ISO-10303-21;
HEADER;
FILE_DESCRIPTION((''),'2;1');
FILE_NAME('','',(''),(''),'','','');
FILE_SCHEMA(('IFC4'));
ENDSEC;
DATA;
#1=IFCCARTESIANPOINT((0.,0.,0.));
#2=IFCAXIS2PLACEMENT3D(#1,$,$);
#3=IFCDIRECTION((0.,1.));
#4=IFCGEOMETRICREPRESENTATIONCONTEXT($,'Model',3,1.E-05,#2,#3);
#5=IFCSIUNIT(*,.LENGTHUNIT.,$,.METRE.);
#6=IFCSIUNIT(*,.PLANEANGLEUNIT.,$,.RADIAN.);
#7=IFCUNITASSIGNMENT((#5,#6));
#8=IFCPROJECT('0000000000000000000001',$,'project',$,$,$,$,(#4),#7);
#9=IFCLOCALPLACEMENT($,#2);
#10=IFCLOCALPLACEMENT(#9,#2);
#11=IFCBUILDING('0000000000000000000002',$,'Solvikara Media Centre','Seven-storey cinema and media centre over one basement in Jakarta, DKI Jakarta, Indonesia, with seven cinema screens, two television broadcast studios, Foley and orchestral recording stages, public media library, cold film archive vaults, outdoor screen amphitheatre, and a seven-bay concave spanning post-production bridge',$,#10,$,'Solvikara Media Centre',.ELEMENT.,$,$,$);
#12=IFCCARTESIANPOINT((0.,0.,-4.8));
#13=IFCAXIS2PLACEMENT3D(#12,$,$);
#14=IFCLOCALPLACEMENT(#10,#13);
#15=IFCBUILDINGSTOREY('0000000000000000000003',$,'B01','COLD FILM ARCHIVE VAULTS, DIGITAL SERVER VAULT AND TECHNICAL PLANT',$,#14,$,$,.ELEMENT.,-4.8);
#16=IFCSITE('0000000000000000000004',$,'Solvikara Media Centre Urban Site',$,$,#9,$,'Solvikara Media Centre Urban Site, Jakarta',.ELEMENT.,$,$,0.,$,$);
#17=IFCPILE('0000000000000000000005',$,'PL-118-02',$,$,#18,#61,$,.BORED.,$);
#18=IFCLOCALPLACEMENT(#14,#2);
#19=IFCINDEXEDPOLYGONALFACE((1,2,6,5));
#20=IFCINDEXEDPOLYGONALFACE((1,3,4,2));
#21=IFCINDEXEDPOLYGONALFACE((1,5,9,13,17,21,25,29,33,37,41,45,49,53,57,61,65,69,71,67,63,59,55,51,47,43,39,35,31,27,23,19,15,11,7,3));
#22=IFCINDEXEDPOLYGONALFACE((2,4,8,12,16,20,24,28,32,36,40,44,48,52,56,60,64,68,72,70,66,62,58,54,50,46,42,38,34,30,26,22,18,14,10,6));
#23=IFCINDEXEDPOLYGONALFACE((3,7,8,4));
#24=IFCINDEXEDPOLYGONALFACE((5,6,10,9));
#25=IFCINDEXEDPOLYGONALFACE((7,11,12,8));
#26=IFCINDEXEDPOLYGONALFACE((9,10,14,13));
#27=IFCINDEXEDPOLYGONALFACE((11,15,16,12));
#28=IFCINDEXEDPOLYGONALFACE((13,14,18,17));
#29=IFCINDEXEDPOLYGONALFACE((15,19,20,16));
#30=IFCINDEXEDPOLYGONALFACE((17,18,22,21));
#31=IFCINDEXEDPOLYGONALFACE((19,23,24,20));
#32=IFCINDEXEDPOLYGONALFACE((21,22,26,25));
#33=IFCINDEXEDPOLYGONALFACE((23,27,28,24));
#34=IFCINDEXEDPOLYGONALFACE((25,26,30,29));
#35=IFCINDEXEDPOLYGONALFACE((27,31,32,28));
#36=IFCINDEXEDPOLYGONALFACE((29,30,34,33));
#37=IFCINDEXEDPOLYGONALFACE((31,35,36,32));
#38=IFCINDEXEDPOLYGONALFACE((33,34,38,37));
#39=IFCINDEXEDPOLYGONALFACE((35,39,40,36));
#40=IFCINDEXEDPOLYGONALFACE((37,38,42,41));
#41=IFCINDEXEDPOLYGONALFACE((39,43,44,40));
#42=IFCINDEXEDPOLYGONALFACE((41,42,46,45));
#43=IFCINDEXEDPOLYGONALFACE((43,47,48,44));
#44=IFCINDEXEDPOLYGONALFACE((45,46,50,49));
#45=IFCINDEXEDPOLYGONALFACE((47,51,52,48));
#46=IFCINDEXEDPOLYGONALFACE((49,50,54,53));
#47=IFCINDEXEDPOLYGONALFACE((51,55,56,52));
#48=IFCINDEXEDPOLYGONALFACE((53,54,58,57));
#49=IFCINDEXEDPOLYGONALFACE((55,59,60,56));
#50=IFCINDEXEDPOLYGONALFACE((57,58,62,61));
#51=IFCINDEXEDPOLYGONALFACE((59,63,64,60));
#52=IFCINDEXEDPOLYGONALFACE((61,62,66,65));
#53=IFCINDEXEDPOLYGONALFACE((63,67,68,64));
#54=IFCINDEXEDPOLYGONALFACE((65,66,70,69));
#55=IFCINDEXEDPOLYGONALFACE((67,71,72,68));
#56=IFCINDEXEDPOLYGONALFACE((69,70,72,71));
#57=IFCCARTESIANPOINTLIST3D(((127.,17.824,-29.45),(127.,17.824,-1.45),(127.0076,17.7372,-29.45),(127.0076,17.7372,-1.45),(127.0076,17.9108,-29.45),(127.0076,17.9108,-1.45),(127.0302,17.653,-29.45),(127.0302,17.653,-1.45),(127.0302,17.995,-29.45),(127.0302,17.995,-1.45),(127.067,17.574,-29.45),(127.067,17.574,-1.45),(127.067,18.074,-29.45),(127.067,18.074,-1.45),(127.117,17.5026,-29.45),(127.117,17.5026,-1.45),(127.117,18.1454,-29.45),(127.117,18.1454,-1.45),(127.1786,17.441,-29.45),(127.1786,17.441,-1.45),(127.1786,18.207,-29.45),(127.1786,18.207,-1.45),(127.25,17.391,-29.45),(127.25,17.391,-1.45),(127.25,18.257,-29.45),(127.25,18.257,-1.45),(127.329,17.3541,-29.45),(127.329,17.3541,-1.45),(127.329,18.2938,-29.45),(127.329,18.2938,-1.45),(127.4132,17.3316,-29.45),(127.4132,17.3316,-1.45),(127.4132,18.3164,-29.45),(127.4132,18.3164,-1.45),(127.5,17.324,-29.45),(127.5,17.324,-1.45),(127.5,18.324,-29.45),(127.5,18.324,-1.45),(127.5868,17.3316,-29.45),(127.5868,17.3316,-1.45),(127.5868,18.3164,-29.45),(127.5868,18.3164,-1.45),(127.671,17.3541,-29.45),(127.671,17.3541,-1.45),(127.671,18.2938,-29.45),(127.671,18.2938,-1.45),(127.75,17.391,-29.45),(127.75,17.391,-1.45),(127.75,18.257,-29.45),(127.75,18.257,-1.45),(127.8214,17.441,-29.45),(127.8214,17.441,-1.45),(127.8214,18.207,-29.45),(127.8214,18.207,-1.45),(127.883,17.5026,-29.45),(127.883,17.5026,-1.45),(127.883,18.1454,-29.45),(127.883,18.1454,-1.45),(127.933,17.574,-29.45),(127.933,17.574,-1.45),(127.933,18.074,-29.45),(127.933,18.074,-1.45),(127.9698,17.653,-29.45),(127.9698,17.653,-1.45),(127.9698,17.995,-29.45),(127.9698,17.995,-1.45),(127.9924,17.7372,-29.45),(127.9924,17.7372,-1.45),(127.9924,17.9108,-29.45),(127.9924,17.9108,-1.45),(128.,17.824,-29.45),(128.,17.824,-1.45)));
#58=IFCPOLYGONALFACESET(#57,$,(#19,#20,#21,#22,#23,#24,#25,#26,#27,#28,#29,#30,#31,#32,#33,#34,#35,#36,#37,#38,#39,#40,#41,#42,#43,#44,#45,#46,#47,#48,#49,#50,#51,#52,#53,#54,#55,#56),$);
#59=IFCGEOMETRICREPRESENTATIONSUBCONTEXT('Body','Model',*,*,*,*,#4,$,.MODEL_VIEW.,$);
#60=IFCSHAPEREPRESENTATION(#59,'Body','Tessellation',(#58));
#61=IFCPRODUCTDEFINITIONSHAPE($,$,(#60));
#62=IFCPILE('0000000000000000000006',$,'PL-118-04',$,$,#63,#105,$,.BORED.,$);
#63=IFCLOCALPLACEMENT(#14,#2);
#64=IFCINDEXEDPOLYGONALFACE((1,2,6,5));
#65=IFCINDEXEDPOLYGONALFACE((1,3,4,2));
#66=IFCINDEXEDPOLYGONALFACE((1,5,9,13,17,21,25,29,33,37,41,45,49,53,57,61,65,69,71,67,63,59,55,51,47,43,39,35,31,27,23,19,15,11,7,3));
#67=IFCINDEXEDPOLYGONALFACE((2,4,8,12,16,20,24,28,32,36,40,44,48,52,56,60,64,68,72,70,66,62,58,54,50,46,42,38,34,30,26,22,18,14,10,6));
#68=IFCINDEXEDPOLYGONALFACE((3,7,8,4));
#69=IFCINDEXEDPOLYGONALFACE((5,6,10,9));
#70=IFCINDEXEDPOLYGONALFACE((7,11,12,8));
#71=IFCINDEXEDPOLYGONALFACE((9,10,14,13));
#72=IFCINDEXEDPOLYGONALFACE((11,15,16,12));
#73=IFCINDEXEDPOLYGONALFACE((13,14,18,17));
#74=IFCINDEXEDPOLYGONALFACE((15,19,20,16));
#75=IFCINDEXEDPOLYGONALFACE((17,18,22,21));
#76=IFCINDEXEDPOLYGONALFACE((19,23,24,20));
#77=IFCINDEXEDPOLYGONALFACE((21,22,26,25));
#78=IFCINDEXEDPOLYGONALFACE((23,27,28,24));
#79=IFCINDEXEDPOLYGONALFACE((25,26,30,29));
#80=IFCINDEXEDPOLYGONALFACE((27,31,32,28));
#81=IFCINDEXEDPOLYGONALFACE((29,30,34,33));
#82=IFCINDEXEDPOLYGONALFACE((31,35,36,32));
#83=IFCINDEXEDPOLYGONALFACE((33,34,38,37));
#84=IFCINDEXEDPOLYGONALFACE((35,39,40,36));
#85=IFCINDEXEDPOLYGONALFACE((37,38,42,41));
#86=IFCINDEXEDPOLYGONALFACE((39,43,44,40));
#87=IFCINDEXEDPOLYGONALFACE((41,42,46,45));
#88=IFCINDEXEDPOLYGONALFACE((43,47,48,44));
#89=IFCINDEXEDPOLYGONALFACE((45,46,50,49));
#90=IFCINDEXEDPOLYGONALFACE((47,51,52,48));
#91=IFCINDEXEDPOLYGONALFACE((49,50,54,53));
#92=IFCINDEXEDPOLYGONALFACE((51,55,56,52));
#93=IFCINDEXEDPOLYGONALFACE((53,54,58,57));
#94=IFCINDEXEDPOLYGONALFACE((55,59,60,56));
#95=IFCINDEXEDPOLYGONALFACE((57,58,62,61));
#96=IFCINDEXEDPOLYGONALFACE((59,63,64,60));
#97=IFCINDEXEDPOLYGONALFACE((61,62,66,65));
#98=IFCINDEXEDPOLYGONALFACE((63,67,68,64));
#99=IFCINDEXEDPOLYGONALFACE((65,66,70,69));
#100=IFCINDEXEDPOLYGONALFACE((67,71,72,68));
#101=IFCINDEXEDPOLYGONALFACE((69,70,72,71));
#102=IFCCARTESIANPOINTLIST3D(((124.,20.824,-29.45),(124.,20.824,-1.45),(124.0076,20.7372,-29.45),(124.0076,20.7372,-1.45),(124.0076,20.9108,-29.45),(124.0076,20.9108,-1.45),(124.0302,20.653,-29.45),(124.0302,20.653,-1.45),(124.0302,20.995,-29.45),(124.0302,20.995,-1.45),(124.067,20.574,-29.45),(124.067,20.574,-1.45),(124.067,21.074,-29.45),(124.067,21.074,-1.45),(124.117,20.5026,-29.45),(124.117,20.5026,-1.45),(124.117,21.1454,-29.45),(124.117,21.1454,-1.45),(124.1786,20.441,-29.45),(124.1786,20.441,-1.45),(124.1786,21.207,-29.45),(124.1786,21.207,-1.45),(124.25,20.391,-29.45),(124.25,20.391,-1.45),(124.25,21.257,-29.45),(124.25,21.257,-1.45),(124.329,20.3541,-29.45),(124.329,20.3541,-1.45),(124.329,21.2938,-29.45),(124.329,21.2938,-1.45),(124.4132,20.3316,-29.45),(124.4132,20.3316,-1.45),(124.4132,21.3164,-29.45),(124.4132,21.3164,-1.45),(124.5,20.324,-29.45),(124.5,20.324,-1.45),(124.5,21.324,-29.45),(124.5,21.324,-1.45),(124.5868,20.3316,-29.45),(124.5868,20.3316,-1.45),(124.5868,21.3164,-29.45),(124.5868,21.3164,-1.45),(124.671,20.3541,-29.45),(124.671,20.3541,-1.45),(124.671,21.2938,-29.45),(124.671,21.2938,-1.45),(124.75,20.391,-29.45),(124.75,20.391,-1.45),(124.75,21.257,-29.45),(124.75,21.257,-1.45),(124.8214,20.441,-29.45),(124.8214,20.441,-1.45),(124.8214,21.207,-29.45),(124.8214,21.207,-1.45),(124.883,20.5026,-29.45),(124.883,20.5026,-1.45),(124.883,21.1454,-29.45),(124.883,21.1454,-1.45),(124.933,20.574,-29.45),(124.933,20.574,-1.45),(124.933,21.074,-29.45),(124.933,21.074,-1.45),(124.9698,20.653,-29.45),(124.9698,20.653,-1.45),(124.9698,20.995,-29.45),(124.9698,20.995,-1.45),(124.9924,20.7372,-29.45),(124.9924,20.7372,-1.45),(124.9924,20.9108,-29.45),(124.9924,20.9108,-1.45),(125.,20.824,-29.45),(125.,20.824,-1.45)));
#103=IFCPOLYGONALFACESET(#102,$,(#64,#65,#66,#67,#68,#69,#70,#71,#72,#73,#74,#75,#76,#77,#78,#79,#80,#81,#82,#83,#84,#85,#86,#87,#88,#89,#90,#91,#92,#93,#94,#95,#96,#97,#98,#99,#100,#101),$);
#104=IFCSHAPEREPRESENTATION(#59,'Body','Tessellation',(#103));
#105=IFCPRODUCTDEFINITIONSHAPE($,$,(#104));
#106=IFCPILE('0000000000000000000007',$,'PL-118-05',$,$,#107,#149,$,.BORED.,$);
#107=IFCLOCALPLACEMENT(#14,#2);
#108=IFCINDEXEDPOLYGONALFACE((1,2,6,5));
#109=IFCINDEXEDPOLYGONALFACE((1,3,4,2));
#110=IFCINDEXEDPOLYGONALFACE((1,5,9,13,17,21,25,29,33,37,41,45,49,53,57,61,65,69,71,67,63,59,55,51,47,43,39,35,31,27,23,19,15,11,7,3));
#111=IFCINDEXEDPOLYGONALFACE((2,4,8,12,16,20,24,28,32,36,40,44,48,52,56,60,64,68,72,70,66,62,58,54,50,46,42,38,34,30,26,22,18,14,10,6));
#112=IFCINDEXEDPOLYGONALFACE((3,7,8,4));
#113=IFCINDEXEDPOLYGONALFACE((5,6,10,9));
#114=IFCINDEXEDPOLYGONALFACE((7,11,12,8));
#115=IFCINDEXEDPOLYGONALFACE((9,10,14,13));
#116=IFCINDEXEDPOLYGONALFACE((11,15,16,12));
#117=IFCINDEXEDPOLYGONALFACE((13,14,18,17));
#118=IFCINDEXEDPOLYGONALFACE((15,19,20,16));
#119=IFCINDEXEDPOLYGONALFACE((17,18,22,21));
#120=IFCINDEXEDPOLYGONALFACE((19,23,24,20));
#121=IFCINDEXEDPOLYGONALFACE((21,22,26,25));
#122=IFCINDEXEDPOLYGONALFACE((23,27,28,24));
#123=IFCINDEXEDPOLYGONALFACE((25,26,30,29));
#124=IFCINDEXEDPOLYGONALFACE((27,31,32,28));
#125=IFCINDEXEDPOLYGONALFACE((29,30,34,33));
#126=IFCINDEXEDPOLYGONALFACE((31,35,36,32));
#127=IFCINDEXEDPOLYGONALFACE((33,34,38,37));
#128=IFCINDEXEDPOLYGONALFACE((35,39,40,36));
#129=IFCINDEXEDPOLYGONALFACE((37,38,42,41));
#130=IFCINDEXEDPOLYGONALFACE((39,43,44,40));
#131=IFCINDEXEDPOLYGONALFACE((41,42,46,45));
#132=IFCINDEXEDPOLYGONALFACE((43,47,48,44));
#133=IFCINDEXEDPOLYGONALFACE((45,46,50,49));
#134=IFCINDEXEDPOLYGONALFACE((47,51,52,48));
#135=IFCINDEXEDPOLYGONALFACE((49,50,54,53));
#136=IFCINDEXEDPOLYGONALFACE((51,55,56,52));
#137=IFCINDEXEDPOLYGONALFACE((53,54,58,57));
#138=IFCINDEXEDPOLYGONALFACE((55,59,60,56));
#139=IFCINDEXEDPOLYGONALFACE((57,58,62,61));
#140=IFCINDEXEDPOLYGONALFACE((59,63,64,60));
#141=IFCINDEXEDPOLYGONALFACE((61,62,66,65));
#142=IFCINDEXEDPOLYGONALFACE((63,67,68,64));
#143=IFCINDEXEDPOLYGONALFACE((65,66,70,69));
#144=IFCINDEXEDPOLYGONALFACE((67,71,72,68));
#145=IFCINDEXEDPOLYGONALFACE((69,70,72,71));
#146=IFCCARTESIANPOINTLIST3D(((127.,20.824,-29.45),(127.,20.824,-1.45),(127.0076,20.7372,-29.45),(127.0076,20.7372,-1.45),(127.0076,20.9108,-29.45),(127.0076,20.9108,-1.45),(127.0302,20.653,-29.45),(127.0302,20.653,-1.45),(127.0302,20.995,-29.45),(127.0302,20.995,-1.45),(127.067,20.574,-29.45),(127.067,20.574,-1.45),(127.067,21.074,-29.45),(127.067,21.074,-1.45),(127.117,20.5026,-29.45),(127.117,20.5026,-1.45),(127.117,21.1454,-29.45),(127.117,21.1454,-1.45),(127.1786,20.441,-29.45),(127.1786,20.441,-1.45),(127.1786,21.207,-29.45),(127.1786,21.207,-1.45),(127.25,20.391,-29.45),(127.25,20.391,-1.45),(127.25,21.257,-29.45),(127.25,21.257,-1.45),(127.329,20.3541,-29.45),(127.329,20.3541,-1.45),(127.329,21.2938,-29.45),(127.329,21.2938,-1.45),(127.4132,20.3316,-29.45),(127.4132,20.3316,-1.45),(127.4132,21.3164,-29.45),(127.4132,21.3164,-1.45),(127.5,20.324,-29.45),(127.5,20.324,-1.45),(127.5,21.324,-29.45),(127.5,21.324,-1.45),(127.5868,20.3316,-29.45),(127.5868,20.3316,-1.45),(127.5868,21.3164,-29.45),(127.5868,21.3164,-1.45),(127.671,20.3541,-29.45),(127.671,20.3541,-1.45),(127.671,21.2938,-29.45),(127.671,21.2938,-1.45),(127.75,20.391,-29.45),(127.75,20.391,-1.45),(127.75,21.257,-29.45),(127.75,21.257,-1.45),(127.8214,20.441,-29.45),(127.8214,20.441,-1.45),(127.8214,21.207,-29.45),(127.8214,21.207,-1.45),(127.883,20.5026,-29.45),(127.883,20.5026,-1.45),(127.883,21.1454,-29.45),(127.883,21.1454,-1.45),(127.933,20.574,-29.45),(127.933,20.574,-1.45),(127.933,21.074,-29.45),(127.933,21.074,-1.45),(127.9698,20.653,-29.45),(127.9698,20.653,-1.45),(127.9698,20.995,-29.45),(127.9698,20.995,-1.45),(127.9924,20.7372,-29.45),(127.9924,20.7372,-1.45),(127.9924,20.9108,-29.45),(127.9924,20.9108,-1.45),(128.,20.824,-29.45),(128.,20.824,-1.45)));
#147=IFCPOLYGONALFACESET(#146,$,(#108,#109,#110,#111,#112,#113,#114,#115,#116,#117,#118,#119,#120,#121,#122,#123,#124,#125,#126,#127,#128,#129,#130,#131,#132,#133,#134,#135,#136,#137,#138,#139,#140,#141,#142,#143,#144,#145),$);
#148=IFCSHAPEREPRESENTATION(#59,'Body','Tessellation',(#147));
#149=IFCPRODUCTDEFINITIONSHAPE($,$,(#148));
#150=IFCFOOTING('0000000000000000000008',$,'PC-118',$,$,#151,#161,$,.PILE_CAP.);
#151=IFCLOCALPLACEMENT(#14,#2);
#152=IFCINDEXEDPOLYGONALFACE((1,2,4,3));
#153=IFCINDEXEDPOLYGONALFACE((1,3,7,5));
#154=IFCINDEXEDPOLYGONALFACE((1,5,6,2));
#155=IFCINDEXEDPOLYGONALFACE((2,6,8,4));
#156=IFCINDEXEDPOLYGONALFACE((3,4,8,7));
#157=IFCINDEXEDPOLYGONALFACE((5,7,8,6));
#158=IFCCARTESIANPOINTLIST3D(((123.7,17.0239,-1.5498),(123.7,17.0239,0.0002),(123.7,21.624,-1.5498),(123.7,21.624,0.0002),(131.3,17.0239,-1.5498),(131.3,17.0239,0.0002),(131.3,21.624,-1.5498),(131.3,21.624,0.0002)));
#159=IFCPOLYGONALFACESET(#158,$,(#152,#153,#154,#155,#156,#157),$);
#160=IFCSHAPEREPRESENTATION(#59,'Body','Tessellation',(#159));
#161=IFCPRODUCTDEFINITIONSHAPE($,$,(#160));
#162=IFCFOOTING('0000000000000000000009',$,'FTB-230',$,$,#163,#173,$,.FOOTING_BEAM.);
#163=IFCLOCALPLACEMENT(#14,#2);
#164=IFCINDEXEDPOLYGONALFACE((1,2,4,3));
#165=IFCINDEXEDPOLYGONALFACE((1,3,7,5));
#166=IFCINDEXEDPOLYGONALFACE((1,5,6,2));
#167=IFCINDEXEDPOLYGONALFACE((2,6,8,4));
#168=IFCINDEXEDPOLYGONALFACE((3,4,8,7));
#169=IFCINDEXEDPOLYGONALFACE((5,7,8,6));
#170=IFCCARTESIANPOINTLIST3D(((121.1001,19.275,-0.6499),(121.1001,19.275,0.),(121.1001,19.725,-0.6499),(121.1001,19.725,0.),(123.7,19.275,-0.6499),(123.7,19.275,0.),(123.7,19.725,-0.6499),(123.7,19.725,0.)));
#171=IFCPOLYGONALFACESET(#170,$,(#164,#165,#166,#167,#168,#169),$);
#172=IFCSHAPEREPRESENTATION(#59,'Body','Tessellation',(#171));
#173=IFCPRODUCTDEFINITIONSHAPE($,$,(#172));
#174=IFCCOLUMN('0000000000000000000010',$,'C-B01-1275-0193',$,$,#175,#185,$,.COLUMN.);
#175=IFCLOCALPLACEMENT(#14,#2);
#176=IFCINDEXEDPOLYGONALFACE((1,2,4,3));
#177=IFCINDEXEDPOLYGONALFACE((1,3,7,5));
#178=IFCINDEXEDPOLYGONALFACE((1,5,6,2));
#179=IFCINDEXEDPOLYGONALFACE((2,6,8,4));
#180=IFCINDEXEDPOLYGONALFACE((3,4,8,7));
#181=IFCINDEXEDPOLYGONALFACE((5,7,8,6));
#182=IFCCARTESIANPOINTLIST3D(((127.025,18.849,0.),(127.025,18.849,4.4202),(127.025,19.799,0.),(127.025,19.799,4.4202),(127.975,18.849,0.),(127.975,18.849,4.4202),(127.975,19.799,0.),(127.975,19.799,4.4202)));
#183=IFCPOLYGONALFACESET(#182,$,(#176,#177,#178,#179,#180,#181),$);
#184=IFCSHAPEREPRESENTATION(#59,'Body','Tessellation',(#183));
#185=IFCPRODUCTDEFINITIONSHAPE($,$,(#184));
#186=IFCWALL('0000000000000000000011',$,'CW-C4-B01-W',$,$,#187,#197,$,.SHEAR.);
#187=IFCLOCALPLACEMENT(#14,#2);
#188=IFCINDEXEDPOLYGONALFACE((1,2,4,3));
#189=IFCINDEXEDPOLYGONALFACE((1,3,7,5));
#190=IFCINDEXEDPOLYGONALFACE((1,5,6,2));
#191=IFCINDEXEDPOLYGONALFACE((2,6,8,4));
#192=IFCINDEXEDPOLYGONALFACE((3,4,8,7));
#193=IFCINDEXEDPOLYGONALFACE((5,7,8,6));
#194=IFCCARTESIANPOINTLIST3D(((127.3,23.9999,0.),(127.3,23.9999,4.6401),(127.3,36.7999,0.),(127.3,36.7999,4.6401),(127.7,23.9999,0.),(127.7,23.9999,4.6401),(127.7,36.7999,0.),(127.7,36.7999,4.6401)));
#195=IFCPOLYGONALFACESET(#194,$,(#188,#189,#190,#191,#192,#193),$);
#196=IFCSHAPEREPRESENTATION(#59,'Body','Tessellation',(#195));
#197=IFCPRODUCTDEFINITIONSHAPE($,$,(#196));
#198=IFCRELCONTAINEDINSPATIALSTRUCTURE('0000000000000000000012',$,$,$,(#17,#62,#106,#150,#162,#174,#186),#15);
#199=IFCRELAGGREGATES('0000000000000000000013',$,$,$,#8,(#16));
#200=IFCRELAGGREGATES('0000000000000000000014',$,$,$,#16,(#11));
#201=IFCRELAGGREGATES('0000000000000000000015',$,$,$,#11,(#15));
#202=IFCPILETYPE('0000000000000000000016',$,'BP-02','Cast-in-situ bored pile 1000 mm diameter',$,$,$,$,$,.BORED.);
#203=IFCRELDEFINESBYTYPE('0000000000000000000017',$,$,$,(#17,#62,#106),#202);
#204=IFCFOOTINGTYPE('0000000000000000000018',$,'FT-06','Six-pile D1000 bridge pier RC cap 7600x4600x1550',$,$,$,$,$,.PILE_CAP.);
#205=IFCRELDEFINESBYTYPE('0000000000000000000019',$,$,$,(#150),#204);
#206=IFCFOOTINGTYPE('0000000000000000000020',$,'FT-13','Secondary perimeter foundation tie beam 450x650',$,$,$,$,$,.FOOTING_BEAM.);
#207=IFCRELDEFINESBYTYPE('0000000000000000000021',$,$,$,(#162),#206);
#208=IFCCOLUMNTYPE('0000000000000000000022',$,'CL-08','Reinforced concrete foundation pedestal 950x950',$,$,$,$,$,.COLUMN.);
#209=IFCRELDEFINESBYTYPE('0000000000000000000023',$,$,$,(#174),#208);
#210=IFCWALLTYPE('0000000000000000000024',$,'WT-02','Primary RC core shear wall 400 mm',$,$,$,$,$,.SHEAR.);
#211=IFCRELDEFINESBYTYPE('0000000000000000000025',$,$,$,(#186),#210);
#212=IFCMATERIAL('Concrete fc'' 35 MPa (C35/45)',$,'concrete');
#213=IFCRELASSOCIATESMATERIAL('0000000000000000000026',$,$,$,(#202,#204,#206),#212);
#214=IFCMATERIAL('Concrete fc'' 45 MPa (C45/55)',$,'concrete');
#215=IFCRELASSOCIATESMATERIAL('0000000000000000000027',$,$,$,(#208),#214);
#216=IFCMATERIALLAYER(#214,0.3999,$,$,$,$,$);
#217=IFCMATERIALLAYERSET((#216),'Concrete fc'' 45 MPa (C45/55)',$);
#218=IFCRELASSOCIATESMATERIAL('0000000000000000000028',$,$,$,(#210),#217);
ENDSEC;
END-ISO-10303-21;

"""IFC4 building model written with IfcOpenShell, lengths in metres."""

from ifc_helpers import new_model, si_unit, direction, frame, frame_2d, origin, origin_2d, place, context, subcontext, project, spatial, rectangle, circle, extrude, material, layer, layer_set, material_profile, profile_set, type_object, element, save


model = new_model("IFC4")

# Units and contexts
model_context = context("Model", 3, precision=1e-05, world=origin(), true_north=direction((0.0, 1.0)))
body_context = subcontext(model_context, "Body", "Model", "MODEL_VIEW")
ifc_project = project(units=[si_unit("LENGTHUNIT", "METRE"), si_unit("PLANEANGLEUNIT", "RADIAN")], contexts=[model_context])

# Site, building, storey
site_placement = place(None, origin())
site = spatial("IfcSite", under=ifc_project, at=site_placement, Name="Solvikara Media Centre Urban Site", LongName="Solvikara Media Centre Urban Site, Jakarta", CompositionType="ELEMENT", RefElevation=0.0)
building_placement = place(site_placement, origin())
building = spatial("IfcBuilding", under=site, at=building_placement, Name="Solvikara Media Centre", Description="Seven-storey cinema and media centre over one basement in Jakarta, DKI Jakarta, Indonesia, with seven cinema screens, two television broadcast studios, Foley and orchestral recording stages, public media library, cold film archive vaults, outdoor screen amphitheatre, and a seven-bay concave spanning post-production bridge", LongName="Solvikara Media Centre", CompositionType="ELEMENT")
storey_placement = place(building_placement, frame((0.0, 0.0, -4.8)))
storey = spatial("IfcBuildingStorey", under=building, at=storey_placement, Name="B01", Description="COLD FILM ARCHIVE VAULTS, DIGITAL SERVER VAULT AND TECHNICAL PLANT", CompositionType="ELEMENT", Elevation=-4.8)

# Piles
ifc_material_1 = material(Name="Concrete fc' 35 MPa (C35/45)", Category="concrete")
ifc_material_profile_1 = material_profile(ifc_material_1, circle(Radius=0.5, at=origin_2d()), Name="BORED PILE D1000")
ifc_profile_set_1 = profile_set([ifc_material_profile_1], Name="Concrete fc' 35 MPa (C35/45)")
pile_type_1 = type_object("IfcPileType", Name="BP-02", Description="Cast-in-situ bored pile 1000 mm diameter", PredefinedType="BORED", material=ifc_profile_set_1)
for number, where, z_axis, x_axis, name in (
    (1, (127.5, 17.824, -1.45), (0.0, 0.0, -1.0), (1.0, 0.0, 0.0), "PL-118-02"),
    (2, (124.5, 20.824, -1.45), (0.0, 0.0, -1.0), (1.0, 0.0, 0.0), "PL-118-04"),
    (3, (127.5, 20.824, -1.45), (0.0, 0.0, -1.0), (1.0, 0.0, 0.0), "PL-118-05"),
):
    element("IfcPile", number, at=place(storey_placement, frame(where, z_axis=z_axis, x_axis=x_axis)), inside=storey, type_object=pile_type_1, Name=name, PredefinedType="BORED", context=body_context, shape_type="SweptSolid", body=[
        extrude(circle(Radius=0.5, at=origin_2d()), origin(), (0.0, 0.0, 1.0), 28.0),
    ])

# Footings
footing_type_1 = type_object("IfcFootingType", Name="FT-06", Description="Six-pile D1000 bridge pier RC cap 7600x4600x1550", PredefinedType="PILE_CAP", material=ifc_material_1)
footing_1_placement = place(storey_placement, frame((127.5, 19.324, -1.5498), z_axis=(0.0, 0.0, 1.0), x_axis=(1.0, 0.0, 0.0)))
element("IfcFooting", 4, at=footing_1_placement, inside=storey, type_object=footing_type_1, Name="PC-118", PredefinedType="PILE_CAP", context=body_context, shape_type="SweptSolid", body=[
    extrude(rectangle(XDim=7.6001, YDim=4.6001, at=origin_2d()), origin(), (0.0, 0.0, 1.0), 1.55),
])
ifc_material_profile_2 = material_profile(ifc_material_1, rectangle(XDim=0.45, YDim=0.6499, at=origin_2d()), Name="RC 450x650")
ifc_profile_set_2 = profile_set([ifc_material_profile_2], Name="Concrete fc' 35 MPa (C35/45)")
footing_type_2 = type_object("IfcFootingType", Name="FT-13", Description="Secondary perimeter foundation tie beam 450x650", PredefinedType="FOOTING_BEAM", material=ifc_profile_set_2)
footing_2_placement = place(storey_placement, frame((121.1001, 19.5, -0.325), z_axis=(1.0, 0.0, 0.0), x_axis=(0.0, 1.0, 0.0)))
element("IfcFooting", 5, at=footing_2_placement, inside=storey, type_object=footing_type_2, Name="FTB-230", PredefinedType="FOOTING_BEAM", context=body_context, shape_type="SweptSolid", body=[
    extrude(rectangle(XDim=0.45, YDim=0.6499, at=origin_2d()), origin(), (0.0, 0.0, 1.0), 2.5999),
])

# Column
ifc_material_2 = material(Name="Concrete fc' 45 MPa (C45/55)", Category="concrete")
ifc_material_profile_3 = material_profile(ifc_material_2, rectangle(XDim=0.95, YDim=0.95, at=origin_2d()), Name="RC 950x950")
ifc_profile_set_3 = profile_set([ifc_material_profile_3], Name="Concrete fc' 45 MPa (C45/55)")
column_type = type_object("IfcColumnType", Name="CL-08", Description="Reinforced concrete foundation pedestal 950x950", PredefinedType="COLUMN", material=ifc_profile_set_3)
column_placement = place(storey_placement, frame((127.5, 19.324, 0.0), z_axis=(0.0, 0.0, 1.0), x_axis=(1.0, 0.0, 0.0)))
element("IfcColumn", 6, at=column_placement, inside=storey, type_object=column_type, Name="C-B01-1275-0193", PredefinedType="COLUMN", context=body_context, shape_type="SweptSolid", body=[
    extrude(rectangle(XDim=0.95, YDim=0.95, at=origin_2d()), origin(), (0.0, 0.0, 1.0), 4.4202),
])

# Wall
ifc_layer_1 = layer(ifc_material_2, 0.3999)
ifc_layer_set_1 = layer_set([ifc_layer_1], Name="Concrete fc' 45 MPa (C45/55)")
wall_type_1 = type_object("IfcWallType", Name="WT-02", Description="Primary RC core shear wall 400 mm", PredefinedType="SHEAR", material=ifc_layer_set_1)
wall_1_placement = place(storey_placement, frame((127.5, 24.0, 0.0), z_axis=(0.0, 0.0, 1.0), x_axis=(0.0, 1.0, 0.0)))
element("IfcWall", 7, at=wall_1_placement, inside=storey, type_object=wall_type_1, Name="CW-C4-B01-W", PredefinedType="SHEAR", context=body_context, shape_type="SweptSolid", body=[
    extrude(rectangle(XDim=12.8, YDim=0.3999, at=frame_2d((6.3999, 0.0))), origin(), (0.0, 0.0, 1.0), 4.6401),
])

save(model, "model.ifc")
